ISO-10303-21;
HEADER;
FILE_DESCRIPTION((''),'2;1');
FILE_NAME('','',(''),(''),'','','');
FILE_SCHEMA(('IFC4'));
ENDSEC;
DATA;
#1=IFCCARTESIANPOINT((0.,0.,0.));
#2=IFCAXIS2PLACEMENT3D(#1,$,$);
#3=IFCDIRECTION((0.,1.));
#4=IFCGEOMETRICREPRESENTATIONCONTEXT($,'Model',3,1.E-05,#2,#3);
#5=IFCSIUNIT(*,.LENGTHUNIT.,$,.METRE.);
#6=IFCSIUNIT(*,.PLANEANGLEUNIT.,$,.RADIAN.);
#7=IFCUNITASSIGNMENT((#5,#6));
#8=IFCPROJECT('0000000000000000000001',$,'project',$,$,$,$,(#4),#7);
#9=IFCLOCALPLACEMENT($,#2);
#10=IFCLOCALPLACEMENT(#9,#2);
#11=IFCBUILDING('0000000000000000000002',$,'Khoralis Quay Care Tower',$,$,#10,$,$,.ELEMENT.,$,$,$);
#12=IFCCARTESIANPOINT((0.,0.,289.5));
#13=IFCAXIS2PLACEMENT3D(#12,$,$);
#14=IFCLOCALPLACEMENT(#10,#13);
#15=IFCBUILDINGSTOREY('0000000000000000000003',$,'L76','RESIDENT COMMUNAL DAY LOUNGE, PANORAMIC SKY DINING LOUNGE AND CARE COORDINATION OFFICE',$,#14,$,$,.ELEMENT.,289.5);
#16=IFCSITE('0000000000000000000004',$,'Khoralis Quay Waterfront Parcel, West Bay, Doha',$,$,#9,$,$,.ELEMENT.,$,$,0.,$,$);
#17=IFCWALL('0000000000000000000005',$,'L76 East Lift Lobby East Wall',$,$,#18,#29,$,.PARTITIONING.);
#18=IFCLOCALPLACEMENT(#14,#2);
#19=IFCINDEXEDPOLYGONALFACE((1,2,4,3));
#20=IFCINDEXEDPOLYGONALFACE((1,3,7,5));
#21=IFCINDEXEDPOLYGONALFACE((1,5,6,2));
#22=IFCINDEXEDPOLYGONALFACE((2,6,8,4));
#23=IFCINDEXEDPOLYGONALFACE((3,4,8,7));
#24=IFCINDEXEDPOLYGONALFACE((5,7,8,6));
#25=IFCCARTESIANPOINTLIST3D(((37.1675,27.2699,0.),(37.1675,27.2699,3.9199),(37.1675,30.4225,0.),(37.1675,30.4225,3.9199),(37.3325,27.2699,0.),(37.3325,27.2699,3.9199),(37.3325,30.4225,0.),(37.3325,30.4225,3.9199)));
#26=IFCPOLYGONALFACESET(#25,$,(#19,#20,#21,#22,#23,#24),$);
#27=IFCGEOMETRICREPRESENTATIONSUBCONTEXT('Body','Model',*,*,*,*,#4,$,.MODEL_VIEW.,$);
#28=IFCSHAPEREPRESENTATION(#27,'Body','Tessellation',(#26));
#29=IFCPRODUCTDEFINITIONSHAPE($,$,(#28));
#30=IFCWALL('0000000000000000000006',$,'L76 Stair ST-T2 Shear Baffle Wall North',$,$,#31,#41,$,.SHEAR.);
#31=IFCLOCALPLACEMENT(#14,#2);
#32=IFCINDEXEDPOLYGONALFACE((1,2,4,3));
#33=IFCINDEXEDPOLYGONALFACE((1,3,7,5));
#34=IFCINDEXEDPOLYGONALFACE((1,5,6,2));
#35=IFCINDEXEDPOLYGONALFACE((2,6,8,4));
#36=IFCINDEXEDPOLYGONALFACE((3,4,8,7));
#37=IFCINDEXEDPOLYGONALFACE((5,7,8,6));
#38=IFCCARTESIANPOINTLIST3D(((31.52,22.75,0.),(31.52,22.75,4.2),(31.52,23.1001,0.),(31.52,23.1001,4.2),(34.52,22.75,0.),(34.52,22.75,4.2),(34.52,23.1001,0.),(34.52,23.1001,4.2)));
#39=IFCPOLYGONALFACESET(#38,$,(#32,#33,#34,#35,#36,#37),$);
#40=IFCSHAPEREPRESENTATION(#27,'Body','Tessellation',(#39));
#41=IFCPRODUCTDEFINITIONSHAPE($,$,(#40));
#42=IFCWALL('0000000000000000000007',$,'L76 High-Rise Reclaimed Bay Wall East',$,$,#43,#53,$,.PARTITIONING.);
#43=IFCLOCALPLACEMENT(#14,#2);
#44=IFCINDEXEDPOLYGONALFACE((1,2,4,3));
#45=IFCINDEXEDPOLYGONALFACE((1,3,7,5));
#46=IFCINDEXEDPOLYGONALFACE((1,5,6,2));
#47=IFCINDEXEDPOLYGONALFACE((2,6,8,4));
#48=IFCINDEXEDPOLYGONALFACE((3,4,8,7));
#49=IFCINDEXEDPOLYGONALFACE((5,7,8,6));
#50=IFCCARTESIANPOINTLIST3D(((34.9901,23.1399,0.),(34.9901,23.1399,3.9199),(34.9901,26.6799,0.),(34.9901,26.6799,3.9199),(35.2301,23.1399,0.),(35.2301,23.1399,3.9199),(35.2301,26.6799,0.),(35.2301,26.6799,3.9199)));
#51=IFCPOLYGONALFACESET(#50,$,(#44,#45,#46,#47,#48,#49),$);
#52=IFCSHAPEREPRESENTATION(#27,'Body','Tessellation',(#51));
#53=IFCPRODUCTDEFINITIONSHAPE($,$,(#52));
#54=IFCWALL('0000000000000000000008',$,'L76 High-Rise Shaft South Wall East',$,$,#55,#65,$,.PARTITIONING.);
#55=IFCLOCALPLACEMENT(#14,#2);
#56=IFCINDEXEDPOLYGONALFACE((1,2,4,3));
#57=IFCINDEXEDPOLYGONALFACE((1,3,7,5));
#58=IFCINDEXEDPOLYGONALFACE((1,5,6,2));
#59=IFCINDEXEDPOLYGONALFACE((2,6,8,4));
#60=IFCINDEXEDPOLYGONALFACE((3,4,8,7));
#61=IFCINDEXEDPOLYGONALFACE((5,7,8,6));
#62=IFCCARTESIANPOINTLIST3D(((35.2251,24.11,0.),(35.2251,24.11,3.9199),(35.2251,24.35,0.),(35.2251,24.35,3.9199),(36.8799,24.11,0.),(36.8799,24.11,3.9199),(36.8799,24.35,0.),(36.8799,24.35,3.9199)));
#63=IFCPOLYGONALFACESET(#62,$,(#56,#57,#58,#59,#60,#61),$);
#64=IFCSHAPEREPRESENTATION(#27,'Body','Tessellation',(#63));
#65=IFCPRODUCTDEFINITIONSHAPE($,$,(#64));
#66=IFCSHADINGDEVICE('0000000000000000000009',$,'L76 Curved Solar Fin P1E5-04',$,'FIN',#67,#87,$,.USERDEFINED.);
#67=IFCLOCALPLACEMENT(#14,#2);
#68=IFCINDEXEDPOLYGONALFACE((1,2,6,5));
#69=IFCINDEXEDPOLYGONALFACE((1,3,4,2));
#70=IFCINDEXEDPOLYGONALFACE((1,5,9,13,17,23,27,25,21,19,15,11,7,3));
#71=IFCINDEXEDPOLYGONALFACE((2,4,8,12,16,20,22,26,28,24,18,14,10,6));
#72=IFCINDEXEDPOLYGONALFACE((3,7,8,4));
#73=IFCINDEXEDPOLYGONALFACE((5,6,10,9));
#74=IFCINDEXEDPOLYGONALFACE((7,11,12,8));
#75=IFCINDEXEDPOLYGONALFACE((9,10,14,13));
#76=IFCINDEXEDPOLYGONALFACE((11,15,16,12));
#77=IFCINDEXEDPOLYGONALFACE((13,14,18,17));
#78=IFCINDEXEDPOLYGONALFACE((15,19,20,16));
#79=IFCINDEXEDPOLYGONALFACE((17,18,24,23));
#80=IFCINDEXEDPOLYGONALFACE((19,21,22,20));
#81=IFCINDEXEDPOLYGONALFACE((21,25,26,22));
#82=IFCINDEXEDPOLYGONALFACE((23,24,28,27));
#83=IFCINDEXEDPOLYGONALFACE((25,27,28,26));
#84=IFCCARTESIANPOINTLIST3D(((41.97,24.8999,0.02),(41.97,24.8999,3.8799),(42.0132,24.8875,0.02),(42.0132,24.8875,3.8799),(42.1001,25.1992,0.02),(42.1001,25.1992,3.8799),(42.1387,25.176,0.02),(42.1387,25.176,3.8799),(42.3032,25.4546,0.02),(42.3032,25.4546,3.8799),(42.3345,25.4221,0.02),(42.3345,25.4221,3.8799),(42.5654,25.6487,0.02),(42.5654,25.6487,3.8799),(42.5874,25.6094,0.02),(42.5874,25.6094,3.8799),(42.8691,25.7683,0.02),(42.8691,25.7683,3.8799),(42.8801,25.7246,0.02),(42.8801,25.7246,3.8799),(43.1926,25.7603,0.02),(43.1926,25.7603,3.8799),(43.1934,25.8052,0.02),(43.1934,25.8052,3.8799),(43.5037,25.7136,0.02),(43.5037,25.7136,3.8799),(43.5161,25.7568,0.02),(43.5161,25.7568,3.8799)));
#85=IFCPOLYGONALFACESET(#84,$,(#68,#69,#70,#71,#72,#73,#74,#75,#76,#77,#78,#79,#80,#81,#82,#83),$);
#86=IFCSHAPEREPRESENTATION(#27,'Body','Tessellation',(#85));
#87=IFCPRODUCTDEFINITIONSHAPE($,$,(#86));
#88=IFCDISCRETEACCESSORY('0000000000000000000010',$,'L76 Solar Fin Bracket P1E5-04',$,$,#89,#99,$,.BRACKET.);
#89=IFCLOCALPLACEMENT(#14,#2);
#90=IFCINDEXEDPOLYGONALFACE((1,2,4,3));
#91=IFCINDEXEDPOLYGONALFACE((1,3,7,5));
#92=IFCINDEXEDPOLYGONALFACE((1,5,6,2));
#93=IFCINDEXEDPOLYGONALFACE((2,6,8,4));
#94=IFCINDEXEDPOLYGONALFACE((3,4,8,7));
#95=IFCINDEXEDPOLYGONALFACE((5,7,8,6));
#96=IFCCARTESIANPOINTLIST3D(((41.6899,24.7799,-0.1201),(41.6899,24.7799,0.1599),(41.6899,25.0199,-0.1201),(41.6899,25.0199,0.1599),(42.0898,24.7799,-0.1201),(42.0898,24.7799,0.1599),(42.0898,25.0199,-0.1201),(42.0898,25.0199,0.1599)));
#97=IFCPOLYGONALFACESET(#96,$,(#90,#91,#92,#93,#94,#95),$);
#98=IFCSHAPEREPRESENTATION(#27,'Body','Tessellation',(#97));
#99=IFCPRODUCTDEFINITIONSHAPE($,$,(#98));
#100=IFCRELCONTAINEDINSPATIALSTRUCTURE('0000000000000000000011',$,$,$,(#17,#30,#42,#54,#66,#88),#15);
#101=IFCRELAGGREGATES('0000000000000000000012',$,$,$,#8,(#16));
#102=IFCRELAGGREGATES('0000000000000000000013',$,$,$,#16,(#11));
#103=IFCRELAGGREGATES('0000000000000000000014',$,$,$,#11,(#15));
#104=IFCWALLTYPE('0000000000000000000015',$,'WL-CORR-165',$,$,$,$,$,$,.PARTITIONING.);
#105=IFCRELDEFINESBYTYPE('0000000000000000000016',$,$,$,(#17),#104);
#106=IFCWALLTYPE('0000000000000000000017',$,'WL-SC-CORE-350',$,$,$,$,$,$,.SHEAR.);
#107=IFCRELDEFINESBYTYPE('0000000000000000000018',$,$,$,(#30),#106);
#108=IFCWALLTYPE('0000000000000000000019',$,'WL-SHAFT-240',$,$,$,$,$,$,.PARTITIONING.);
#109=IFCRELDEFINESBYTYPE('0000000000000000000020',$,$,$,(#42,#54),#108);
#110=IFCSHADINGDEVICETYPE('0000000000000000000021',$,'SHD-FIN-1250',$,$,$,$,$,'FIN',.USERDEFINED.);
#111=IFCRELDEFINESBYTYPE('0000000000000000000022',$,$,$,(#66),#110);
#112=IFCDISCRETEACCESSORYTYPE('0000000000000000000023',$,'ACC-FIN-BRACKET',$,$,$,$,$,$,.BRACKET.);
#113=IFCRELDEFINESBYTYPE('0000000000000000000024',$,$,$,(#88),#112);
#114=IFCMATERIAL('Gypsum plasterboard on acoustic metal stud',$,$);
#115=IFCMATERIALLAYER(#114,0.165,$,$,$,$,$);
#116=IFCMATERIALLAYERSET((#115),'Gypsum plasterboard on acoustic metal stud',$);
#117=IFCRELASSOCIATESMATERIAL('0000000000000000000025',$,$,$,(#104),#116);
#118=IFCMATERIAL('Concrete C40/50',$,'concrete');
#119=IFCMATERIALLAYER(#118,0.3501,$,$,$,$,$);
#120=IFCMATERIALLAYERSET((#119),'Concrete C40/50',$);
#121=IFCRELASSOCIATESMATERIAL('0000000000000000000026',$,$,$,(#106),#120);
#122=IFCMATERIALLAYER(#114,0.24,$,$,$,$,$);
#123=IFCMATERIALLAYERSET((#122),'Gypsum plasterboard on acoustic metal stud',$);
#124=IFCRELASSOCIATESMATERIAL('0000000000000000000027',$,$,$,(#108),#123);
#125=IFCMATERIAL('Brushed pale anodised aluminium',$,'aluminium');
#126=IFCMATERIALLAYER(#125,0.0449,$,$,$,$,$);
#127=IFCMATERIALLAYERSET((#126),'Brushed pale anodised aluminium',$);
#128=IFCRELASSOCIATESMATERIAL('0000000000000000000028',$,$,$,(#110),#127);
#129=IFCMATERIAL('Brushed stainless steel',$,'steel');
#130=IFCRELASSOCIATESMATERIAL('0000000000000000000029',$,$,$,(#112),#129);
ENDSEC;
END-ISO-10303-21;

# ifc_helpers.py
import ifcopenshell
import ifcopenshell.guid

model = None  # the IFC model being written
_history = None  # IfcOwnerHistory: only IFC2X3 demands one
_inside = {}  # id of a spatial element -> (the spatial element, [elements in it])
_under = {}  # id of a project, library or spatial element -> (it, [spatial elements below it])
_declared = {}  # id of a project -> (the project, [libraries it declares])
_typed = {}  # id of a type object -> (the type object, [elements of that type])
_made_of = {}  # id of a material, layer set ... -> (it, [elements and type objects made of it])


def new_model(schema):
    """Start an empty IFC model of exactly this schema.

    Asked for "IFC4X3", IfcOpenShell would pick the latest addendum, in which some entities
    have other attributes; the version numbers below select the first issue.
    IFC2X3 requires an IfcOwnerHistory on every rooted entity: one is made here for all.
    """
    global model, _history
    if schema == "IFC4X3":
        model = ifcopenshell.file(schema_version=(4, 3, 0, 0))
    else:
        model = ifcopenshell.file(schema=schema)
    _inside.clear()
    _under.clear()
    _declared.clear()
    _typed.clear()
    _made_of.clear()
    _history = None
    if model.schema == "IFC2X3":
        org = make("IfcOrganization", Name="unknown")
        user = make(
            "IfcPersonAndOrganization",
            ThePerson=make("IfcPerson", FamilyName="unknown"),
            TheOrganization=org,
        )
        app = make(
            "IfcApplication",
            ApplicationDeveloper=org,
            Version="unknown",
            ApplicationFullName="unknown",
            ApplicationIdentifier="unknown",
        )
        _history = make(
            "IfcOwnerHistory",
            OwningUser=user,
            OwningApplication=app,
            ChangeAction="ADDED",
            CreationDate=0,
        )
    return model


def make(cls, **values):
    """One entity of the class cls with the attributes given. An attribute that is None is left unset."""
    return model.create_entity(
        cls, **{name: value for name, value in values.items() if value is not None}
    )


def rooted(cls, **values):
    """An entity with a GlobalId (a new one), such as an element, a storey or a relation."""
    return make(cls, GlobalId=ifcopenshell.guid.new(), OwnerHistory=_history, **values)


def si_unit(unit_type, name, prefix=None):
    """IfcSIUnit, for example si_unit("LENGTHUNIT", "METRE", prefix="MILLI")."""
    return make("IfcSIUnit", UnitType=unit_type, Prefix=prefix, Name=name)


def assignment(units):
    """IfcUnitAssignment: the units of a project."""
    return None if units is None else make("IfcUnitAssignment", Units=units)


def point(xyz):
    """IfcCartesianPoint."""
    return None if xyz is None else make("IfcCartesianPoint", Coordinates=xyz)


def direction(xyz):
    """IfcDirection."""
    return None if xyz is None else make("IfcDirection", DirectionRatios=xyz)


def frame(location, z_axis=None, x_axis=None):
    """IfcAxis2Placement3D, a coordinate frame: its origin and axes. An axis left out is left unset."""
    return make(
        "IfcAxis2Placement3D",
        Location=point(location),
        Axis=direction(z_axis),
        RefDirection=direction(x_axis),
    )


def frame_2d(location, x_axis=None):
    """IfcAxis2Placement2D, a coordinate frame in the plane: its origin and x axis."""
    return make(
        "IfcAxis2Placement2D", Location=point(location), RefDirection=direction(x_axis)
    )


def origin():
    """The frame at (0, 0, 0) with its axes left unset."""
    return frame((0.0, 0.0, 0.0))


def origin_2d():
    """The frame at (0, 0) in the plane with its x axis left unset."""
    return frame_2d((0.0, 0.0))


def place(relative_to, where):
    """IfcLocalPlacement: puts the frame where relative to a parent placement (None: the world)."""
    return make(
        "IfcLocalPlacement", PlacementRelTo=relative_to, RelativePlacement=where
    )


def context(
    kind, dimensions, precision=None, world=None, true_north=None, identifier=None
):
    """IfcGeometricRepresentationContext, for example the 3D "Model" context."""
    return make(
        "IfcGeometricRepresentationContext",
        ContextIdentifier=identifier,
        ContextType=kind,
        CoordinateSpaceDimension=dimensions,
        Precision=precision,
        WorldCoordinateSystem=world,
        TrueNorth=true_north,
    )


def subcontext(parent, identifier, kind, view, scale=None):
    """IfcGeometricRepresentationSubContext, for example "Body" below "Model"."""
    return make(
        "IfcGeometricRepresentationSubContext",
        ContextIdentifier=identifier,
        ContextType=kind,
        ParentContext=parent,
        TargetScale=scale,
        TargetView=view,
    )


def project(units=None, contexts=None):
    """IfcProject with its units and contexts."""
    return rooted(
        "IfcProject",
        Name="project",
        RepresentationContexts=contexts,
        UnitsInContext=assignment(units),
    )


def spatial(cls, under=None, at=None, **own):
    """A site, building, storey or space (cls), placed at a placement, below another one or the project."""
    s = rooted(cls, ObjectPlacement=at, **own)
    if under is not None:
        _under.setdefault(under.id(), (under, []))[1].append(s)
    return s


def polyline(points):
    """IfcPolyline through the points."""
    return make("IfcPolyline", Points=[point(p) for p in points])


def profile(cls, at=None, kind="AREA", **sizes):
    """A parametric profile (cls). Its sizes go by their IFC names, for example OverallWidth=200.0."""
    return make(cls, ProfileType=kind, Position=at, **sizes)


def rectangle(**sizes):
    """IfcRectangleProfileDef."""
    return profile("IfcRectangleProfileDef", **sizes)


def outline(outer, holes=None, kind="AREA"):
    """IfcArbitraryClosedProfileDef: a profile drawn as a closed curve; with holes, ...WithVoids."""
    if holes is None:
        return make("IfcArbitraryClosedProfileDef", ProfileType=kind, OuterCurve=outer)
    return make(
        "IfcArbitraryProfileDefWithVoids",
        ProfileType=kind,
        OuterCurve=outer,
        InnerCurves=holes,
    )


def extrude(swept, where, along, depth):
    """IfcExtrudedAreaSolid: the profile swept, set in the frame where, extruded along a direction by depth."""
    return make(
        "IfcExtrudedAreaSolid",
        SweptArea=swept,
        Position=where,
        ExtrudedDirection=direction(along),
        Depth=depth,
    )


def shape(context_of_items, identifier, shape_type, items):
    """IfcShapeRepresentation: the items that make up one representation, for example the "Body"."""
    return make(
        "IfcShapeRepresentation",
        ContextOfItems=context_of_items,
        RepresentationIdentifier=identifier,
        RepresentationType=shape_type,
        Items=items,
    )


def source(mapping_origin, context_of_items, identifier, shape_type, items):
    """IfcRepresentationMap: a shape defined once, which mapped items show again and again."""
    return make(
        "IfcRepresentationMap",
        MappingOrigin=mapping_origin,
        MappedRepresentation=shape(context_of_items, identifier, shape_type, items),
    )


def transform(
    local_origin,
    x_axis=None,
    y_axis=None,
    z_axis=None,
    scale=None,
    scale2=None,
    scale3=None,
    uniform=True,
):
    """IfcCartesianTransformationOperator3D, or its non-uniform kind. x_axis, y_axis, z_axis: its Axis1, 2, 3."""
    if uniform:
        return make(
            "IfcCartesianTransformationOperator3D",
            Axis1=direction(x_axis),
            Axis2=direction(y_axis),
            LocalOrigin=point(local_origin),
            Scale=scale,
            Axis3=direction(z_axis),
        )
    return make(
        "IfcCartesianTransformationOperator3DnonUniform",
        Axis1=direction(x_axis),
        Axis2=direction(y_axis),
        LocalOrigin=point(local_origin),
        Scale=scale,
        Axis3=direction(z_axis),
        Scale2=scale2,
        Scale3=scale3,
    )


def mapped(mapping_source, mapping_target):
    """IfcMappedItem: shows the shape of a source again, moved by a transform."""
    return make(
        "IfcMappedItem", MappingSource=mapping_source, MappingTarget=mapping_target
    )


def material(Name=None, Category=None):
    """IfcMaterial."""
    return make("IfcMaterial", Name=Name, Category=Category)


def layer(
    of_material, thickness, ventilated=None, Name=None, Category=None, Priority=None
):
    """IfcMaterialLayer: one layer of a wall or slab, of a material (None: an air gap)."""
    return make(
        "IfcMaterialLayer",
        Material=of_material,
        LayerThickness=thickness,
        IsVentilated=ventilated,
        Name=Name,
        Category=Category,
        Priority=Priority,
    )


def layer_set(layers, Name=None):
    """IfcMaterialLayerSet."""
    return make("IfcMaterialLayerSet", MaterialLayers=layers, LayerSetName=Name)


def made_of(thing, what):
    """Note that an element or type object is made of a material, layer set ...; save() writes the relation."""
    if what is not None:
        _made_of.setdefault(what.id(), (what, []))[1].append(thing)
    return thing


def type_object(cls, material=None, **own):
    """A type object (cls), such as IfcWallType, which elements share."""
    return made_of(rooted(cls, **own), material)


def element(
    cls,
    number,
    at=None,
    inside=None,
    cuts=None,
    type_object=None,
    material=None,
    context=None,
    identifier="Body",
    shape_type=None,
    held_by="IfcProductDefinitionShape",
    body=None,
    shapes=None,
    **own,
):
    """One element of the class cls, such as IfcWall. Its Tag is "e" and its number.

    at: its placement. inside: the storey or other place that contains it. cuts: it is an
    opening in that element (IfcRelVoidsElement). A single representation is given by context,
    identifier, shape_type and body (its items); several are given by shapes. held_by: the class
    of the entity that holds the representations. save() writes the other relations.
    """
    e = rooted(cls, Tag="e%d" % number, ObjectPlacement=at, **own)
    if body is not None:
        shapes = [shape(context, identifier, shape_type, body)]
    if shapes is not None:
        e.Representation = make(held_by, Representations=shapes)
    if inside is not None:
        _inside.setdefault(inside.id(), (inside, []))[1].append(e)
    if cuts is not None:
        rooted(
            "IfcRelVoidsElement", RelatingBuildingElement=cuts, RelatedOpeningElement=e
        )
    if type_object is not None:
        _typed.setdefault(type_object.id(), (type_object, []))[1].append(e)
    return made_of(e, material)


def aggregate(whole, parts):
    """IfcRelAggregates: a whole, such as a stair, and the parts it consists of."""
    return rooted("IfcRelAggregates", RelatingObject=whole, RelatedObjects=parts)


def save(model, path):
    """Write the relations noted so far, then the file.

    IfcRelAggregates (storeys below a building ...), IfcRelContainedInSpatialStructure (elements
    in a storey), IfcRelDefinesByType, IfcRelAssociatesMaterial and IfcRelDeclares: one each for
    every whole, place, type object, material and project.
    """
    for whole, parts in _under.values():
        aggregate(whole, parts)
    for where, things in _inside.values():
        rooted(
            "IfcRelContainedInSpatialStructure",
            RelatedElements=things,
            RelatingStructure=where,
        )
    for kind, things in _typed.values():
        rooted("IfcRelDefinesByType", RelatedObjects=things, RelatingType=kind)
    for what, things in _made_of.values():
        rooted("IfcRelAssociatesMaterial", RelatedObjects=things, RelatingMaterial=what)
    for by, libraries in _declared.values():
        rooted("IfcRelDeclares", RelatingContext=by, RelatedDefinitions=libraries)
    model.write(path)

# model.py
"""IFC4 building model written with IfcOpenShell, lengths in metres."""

from ifc_helpers import new_model, si_unit, direction, frame, frame_2d, origin, origin_2d, place, context, subcontext, project, spatial, polyline, rectangle, outline, extrude, source, transform, mapped, material, layer, layer_set, type_object, element, save


model = new_model("IFC4")

# Units and contexts
model_context = context("Model", 3, precision=1e-05, world=origin(), true_north=direction((0.0, 1.0)))
body_context = subcontext(model_context, "Body", "Model", "MODEL_VIEW")
ifc_project = project(units=[si_unit("LENGTHUNIT", "METRE"), si_unit("PLANEANGLEUNIT", "RADIAN")], contexts=[model_context])

# Site, building, storey
site_placement = place(None, origin())
site = spatial("IfcSite", under=ifc_project, at=site_placement, Name="Khoralis Quay Waterfront Parcel, West Bay, Doha", CompositionType="ELEMENT", RefElevation=0.0)
building_placement = place(site_placement, origin())
building = spatial("IfcBuilding", under=site, at=building_placement, Name="Khoralis Quay Care Tower", CompositionType="ELEMENT")
storey_placement = place(building_placement, frame((0.0, 0.0, 289.5)))
storey = spatial("IfcBuildingStorey", under=building, at=storey_placement, Name="L76", Description="RESIDENT COMMUNAL DAY LOUNGE, PANORAMIC SKY DINING LOUNGE AND CARE COORDINATION OFFICE", CompositionType="ELEMENT", Elevation=289.5)

# Shared definitions
ifc_material_1 = material(Name="Brushed stainless steel", Category="steel")

# Walls
ifc_material_2 = material(Name="Gypsum plasterboard on acoustic metal stud")
ifc_layer_1 = layer(ifc_material_2, 0.165)
ifc_layer_set_1 = layer_set([ifc_layer_1], Name="Gypsum plasterboard on acoustic metal stud")
wall_type_1 = type_object("IfcWallType", Name="WL-CORR-165", PredefinedType="PARTITIONING", material=ifc_layer_set_1)
wall_1_placement = place(storey_placement, frame((37.25, 27.27, 0.0), z_axis=(0.0, 0.0, 1.0), x_axis=(0.0, 1.0, 0.0)))
element("IfcWall", 1, at=wall_1_placement, inside=storey, type_object=wall_type_1, Name="L76 East Lift Lobby East Wall", PredefinedType="PARTITIONING", context=body_context, shape_type="SweptSolid", body=[
    extrude(rectangle(XDim=3.1526, YDim=0.165, at=frame_2d((1.5762, 0.0))), origin(), (0.0, 0.0, 1.0), 3.9199),
])
ifc_material_3 = material(Name="Concrete C40/50", Category="concrete")
ifc_layer_2 = layer(ifc_material_3, 0.3501)
ifc_layer_set_2 = layer_set([ifc_layer_2], Name="Concrete C40/50")
wall_type_2 = type_object("IfcWallType", Name="WL-SC-CORE-350", PredefinedType="SHEAR", material=ifc_layer_set_2)
wall_2_placement = place(storey_placement, frame((31.52, 22.925, 0.0), z_axis=(0.0, 0.0, 1.0), x_axis=(1.0, 0.0, 0.0)))
element("IfcWall", 2, at=wall_2_placement, inside=storey, type_object=wall_type_2, Name="L76 Stair ST-T2 Shear Baffle Wall North", PredefinedType="SHEAR", context=body_context, shape_type="SweptSolid", body=[
    extrude(rectangle(XDim=3.0, YDim=0.3501, at=frame_2d((1.5, 0.0))), origin(), (0.0, 0.0, 1.0), 4.2),
])
ifc_layer_3 = layer(ifc_material_2, 0.24)
ifc_layer_set_3 = layer_set([ifc_layer_3], Name="Gypsum plasterboard on acoustic metal stud")
wall_type_3 = type_object("IfcWallType", Name="WL-SHAFT-240", PredefinedType="PARTITIONING", material=ifc_layer_set_3)
wall_3_placement = place(storey_placement, frame((35.1101, 23.1399, 0.0), z_axis=(0.0, 0.0, 1.0), x_axis=(0.0, 1.0, 0.0)))
element("IfcWall", 3, at=wall_3_placement, inside=storey, type_object=wall_type_3, Name="L76 High-Rise Reclaimed Bay Wall East", PredefinedType="PARTITIONING", context=body_context, shape_type="SweptSolid", body=[
    extrude(rectangle(XDim=3.54, YDim=0.24, at=frame_2d((1.77, 0.0))), origin(), (0.0, 0.0, 1.0), 3.9199),
])
wall_4_placement = place(storey_placement, frame((35.2251, 24.23, 0.0), z_axis=(0.0, 0.0, 1.0), x_axis=(1.0, 0.0, 0.0)))
element("IfcWall", 4, at=wall_4_placement, inside=storey, type_object=wall_type_3, Name="L76 High-Rise Shaft South Wall East", PredefinedType="PARTITIONING", context=body_context, shape_type="SweptSolid", body=[
    extrude(rectangle(XDim=1.6548, YDim=0.24, at=frame_2d((0.8274, 0.0))), origin(), (0.0, 0.0, 1.0), 3.9199),
])

# Shading device
ifc_material_4 = material(Name="Brushed pale anodised aluminium", Category="aluminium")
ifc_layer_4 = layer(ifc_material_4, 0.0449)
ifc_layer_set_4 = layer_set([ifc_layer_4], Name="Brushed pale anodised aluminium")
shading_device_type = type_object("IfcShadingDeviceType", Name="SHD-FIN-1250", ElementType="FIN", PredefinedType="USERDEFINED", material=ifc_layer_set_4)
shared_shape_1 = source(origin(), body_context, "Body", "SweptSolid", [
    extrude(outline(polyline([(0.0, 0.0), (0.1301, 0.2993), (0.3333, 0.5547), (0.5955, 0.7488), (0.8992, 0.8684), (1.2234, 0.9053), (1.5461, 0.8569), (1.5337, 0.8137), (1.2227, 0.8604), (0.9102, 0.8247), (0.6174, 0.7095), (0.3645, 0.5222), (0.1687, 0.2761), (0.0432, -0.0125), (0.0, 0.0)])), origin(), (0.0, 0.0, 1.0), 3.8599),
])
shading_device_placement = place(storey_placement, frame((41.97, 24.8999, 0.02), z_axis=(0.0, 0.0, 1.0), x_axis=(1.0, 0.0, 0.0)))
element("IfcShadingDevice", 5, at=shading_device_placement, inside=storey, type_object=shading_device_type, Name="L76 Curved Solar Fin P1E5-04", ObjectType="FIN", PredefinedType="USERDEFINED", context=body_context, shape_type="MappedRepresentation", body=[
    mapped(shared_shape_1, transform((0.0, 0.0, 0.0), scale=1.0)),
])

# Discrete accessory
discrete_accessory_type = type_object("IfcDiscreteAccessoryType", Name="ACC-FIN-BRACKET", PredefinedType="BRACKET", material=ifc_material_1)
shared_shape_2 = source(origin(), body_context, "Body", "SweptSolid", [
    extrude(rectangle(XDim=0.3999, YDim=0.24, at=origin_2d()), origin(), (0.0, 0.0, 1.0), 0.28),
])
discrete_accessory_placement = place(storey_placement, frame((41.8899, 24.8999, -0.1201), z_axis=(0.0, 0.0, 1.0), x_axis=(1.0, 0.0, 0.0)))
element("IfcDiscreteAccessory", 6, at=discrete_accessory_placement, inside=storey, type_object=discrete_accessory_type, Name="L76 Solar Fin Bracket P1E5-04", PredefinedType="BRACKET", context=body_context, shape_type="MappedRepresentation", body=[
    mapped(shared_shape_2, transform((0.0, 0.0, 0.0), scale=1.0)),
])

save(model, "model.ifc")
